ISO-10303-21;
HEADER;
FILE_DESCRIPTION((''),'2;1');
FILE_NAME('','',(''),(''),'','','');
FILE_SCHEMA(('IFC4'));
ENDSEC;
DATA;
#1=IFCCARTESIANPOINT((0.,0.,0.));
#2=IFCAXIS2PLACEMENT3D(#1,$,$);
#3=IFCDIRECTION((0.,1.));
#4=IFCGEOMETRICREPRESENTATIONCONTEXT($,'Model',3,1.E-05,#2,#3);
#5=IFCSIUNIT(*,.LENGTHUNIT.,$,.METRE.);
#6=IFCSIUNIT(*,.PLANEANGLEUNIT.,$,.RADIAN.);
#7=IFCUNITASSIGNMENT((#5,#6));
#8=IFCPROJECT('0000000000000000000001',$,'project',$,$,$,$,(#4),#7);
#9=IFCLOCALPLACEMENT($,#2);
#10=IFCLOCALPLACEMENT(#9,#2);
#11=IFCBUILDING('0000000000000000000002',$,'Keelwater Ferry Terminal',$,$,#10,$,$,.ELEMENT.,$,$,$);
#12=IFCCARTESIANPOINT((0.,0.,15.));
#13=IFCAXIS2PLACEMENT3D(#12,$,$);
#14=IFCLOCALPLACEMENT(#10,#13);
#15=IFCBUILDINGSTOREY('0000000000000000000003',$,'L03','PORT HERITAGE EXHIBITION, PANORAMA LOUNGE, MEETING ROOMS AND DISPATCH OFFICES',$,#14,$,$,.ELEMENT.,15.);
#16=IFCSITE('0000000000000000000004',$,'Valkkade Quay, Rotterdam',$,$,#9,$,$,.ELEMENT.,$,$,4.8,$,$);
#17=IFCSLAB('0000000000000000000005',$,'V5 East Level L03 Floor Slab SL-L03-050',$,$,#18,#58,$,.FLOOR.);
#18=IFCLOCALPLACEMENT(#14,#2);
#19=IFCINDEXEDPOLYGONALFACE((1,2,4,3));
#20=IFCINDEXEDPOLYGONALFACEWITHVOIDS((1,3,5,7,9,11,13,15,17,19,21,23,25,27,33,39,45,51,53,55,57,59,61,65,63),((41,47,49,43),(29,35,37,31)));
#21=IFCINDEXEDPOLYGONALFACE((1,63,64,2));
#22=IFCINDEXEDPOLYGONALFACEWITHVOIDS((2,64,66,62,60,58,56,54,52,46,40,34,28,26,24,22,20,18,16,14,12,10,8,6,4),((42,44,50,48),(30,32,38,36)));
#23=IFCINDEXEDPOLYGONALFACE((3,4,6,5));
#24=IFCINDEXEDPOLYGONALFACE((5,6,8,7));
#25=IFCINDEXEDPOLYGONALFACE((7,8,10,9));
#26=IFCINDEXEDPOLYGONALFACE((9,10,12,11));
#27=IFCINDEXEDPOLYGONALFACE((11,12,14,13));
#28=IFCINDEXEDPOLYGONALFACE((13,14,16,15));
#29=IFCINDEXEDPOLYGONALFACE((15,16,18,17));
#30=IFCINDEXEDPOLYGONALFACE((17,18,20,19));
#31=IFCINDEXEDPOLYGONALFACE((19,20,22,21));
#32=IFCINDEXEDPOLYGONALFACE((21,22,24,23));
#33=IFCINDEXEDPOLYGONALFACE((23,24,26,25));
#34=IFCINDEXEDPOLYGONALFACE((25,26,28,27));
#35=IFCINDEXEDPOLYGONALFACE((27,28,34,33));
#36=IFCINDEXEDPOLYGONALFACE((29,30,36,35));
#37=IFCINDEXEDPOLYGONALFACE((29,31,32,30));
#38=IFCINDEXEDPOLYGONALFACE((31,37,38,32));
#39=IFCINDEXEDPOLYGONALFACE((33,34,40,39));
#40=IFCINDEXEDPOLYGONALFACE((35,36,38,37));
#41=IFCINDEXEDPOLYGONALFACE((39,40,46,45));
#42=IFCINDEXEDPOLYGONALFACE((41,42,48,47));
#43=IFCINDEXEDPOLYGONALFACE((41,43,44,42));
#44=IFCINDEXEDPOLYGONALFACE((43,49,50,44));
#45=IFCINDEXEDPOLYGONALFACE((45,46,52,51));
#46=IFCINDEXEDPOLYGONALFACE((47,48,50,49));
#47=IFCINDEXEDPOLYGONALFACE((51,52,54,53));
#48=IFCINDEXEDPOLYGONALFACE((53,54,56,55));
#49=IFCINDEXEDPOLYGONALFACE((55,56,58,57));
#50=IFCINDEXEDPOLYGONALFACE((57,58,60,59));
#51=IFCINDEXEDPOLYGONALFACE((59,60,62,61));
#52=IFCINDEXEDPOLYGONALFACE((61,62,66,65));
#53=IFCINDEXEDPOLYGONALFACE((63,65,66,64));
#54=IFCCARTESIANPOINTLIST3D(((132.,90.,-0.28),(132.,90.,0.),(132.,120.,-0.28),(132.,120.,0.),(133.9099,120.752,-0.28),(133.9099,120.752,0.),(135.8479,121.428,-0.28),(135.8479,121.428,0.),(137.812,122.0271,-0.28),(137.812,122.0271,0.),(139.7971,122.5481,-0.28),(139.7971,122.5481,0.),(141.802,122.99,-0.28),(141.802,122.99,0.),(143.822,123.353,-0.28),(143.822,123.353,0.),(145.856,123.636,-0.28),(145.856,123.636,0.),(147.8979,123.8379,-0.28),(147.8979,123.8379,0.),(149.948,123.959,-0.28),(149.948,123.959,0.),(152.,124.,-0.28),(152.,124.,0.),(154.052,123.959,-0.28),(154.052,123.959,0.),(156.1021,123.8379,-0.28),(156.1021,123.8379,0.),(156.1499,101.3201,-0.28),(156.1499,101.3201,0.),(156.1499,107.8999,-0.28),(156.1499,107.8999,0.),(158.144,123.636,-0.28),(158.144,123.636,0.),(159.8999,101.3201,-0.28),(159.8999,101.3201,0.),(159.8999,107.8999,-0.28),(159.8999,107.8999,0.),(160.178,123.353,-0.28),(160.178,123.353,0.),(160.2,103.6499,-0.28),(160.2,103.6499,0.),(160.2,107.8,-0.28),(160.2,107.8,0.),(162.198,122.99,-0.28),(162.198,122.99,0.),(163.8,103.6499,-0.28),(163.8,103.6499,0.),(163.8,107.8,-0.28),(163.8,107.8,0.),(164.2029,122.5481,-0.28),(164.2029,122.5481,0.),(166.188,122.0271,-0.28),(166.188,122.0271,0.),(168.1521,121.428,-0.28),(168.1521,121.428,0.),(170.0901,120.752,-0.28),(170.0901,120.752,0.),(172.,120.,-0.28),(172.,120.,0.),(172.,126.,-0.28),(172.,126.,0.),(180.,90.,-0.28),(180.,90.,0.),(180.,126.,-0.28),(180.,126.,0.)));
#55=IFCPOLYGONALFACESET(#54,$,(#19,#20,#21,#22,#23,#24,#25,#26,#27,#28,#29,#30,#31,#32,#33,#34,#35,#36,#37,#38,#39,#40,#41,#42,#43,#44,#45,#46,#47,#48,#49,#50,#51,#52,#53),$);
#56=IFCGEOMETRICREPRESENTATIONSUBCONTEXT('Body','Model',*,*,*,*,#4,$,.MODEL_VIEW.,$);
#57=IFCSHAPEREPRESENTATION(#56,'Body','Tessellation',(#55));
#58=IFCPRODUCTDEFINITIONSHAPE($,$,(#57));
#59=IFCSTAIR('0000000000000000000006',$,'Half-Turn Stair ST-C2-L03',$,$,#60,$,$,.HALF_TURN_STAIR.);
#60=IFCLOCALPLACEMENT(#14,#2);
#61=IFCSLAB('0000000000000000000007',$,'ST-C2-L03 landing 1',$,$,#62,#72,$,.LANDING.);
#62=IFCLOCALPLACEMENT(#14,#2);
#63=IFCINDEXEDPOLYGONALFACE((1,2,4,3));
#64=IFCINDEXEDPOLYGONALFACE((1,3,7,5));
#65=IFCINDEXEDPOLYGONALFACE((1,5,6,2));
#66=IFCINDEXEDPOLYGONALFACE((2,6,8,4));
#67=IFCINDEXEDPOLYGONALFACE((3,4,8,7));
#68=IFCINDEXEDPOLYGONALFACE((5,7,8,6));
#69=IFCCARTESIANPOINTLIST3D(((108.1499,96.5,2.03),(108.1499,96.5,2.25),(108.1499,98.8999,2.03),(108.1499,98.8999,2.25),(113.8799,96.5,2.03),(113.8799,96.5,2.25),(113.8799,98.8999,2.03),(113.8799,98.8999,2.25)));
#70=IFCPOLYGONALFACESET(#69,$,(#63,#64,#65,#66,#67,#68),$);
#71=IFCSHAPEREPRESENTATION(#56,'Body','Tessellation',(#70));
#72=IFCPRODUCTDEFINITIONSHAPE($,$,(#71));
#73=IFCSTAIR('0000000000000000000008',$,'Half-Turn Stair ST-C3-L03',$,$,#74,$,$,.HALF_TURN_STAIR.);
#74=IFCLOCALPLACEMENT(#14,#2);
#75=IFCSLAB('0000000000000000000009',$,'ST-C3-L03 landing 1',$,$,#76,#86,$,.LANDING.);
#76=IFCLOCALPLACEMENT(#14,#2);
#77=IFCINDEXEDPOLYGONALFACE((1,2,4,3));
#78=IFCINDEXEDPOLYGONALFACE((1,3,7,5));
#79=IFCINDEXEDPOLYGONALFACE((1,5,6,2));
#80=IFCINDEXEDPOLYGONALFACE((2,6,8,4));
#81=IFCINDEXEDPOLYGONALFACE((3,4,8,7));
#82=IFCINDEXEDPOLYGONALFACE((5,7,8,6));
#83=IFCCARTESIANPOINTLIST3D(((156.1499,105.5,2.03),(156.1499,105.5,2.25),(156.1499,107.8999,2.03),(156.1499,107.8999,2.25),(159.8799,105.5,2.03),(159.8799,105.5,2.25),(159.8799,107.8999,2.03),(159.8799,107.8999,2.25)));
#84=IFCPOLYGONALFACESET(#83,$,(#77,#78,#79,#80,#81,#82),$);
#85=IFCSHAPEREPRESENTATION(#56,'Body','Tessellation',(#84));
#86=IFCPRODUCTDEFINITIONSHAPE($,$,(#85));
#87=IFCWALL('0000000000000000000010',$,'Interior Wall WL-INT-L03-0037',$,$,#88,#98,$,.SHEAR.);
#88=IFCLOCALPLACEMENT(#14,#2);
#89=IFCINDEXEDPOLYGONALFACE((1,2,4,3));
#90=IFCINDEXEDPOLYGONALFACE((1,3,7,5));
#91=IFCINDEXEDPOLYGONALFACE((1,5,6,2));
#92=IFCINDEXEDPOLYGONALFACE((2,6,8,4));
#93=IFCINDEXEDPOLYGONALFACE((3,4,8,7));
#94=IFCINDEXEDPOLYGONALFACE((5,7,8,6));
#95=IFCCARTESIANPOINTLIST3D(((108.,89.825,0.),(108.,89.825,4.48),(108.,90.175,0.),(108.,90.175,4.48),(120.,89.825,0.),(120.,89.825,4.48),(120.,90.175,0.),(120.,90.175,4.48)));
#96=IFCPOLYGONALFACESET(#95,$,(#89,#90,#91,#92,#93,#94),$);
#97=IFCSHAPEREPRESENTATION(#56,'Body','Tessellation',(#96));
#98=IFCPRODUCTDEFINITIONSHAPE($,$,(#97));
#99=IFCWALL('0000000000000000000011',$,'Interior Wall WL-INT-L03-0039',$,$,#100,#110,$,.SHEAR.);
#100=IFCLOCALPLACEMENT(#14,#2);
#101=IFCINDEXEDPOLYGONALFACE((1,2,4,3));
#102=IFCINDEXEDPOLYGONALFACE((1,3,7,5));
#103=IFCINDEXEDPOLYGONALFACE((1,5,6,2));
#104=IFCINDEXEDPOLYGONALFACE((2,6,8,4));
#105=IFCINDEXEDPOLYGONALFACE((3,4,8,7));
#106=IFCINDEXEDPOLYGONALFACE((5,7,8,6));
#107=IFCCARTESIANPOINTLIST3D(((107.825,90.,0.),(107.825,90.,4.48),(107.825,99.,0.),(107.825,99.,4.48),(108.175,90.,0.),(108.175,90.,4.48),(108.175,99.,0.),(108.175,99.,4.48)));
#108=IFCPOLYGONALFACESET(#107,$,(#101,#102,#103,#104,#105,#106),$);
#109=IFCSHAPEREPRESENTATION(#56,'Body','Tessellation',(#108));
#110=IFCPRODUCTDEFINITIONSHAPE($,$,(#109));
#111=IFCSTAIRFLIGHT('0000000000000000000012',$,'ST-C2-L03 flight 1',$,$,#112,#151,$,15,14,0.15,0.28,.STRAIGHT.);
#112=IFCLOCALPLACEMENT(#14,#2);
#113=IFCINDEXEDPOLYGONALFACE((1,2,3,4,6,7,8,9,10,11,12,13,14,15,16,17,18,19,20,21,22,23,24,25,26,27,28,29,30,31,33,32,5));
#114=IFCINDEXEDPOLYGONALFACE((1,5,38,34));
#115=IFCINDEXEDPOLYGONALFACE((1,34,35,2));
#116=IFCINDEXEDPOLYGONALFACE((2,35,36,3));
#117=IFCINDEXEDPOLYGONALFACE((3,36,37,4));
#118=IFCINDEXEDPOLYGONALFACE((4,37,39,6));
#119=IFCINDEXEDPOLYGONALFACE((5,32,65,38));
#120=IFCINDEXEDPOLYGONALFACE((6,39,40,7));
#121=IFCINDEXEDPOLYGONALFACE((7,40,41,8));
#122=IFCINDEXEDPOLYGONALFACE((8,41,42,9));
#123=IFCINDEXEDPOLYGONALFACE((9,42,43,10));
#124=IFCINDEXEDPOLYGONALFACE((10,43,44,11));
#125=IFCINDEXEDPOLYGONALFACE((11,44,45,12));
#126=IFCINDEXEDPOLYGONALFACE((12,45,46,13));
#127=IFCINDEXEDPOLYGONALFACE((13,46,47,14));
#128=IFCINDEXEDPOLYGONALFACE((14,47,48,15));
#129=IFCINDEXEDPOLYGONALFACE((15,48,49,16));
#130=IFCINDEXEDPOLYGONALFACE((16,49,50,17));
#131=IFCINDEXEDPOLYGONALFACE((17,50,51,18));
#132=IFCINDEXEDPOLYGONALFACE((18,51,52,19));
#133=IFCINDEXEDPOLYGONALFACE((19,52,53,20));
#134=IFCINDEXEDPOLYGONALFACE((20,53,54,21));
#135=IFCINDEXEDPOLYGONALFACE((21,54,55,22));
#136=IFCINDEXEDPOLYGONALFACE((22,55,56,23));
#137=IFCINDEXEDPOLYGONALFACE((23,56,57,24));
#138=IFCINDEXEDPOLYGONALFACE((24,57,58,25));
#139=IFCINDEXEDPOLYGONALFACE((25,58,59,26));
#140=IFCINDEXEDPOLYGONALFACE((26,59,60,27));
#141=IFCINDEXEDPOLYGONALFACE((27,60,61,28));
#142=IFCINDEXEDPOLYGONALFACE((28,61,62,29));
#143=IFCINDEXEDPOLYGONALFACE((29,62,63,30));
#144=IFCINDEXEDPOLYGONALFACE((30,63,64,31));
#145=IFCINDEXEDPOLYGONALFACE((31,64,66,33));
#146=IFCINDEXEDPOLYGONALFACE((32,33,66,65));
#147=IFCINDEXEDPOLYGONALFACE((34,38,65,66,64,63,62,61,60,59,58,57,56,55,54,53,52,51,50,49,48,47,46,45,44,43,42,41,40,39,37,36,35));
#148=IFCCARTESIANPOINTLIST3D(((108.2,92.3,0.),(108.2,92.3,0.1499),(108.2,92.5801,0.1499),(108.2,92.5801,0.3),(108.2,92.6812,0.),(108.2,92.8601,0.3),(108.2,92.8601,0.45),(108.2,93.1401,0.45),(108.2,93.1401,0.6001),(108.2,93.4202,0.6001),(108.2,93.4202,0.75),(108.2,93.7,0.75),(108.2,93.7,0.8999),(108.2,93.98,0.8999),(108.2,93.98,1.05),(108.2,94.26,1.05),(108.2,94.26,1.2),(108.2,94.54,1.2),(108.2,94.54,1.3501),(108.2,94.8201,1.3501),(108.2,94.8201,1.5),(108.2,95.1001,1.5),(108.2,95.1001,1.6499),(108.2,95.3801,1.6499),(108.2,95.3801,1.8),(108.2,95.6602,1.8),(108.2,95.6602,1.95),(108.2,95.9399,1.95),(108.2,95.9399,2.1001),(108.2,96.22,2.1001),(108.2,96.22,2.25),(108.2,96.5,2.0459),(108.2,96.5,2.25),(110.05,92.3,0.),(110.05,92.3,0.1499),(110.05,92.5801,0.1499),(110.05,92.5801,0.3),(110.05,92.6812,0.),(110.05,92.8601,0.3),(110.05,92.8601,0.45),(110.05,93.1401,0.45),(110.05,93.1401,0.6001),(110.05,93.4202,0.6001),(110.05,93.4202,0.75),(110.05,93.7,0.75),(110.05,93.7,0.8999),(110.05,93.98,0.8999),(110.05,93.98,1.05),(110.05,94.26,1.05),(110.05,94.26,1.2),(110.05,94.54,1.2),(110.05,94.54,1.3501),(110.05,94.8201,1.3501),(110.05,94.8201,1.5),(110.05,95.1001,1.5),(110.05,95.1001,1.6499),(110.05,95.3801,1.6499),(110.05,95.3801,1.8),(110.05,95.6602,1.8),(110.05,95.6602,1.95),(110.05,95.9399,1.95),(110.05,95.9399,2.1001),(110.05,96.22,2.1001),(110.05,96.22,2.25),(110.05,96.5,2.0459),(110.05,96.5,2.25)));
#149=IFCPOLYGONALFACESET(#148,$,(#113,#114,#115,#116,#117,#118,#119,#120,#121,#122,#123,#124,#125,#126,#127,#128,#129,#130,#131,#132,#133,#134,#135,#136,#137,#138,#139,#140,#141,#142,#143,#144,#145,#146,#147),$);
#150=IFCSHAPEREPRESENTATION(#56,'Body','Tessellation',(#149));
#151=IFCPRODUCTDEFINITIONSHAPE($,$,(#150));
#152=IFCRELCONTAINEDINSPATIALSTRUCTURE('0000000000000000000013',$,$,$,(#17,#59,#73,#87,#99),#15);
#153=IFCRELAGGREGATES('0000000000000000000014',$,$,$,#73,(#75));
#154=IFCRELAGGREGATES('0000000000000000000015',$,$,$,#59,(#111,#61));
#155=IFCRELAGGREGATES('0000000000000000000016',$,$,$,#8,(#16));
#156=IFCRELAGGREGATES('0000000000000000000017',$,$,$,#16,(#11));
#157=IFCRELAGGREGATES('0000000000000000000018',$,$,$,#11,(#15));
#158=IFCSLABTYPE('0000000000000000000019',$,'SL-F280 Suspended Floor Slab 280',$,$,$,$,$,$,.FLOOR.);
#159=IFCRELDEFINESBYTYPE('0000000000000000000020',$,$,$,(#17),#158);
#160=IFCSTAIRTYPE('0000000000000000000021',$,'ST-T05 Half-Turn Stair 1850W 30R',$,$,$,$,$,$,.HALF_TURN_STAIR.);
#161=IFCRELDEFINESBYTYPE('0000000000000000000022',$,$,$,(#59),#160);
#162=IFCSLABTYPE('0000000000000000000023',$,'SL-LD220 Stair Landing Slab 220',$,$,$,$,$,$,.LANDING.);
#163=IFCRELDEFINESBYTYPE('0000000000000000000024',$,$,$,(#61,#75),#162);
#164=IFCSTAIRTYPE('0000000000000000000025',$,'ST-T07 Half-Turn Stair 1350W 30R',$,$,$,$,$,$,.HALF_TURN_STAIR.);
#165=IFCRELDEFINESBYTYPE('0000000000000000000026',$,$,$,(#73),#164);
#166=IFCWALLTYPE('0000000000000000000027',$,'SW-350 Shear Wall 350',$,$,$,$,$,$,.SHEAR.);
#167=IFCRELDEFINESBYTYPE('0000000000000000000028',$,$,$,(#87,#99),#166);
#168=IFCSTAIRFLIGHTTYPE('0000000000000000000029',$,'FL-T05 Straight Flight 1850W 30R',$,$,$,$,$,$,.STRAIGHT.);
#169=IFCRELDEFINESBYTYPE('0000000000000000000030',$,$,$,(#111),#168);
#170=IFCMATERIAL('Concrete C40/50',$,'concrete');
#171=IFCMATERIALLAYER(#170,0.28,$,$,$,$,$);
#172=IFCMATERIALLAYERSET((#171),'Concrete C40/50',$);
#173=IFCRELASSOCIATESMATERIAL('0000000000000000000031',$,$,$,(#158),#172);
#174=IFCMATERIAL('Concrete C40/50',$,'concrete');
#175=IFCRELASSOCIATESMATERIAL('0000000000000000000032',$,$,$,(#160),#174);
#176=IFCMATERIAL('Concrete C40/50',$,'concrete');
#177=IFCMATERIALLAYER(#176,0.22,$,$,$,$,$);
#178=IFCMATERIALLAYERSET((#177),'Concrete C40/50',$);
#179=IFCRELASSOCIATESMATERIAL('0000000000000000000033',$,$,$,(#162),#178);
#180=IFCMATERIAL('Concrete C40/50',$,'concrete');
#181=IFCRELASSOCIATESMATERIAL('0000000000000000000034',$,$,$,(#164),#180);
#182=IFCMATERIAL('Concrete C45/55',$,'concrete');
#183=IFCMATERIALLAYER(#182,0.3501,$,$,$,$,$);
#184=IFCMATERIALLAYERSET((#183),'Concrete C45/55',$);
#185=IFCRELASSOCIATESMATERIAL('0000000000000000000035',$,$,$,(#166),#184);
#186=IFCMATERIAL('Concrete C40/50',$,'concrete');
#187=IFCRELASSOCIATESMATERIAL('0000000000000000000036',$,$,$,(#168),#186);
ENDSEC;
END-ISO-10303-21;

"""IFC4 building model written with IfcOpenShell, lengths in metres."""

from ifc_helpers import new_model, si_unit, direction, frame, frame_2d, origin, place, context, subcontext, project, spatial, polyline, rectangle, outline, extrude, material, layer, layer_set, type_object, element, aggregate, save


model = new_model("IFC4")

# Units and contexts
model_context = context("Model", 3, precision=1e-05, world=origin(), true_north=direction((0.0, 1.0)))
body_context = subcontext(model_context, "Body", "Model", "MODEL_VIEW")
ifc_project = project(units=[si_unit("LENGTHUNIT", "METRE"), si_unit("PLANEANGLEUNIT", "RADIAN")], contexts=[model_context])

# Site, building, storey
site_placement = place(None, origin())
site = spatial("IfcSite", under=ifc_project, at=site_placement, Name="Valkkade Quay, Rotterdam", CompositionType="ELEMENT", RefElevation=4.8)
building_placement = place(site_placement, origin())
building = spatial("IfcBuilding", under=site, at=building_placement, Name="Keelwater Ferry Terminal", CompositionType="ELEMENT")
storey_placement = place(building_placement, frame((0.0, 0.0, 15.0)))
storey = spatial("IfcBuildingStorey", under=building, at=storey_placement, Name="L03", Description="PORT HERITAGE EXHIBITION, PANORAMA LOUNGE, MEETING ROOMS AND DISPATCH OFFICES", CompositionType="ELEMENT", Elevation=15.0)

# Slab
ifc_material_1 = material(Name="Concrete C40/50", Category="concrete")
ifc_layer_1 = layer(ifc_material_1, 0.28)
ifc_layer_set_1 = layer_set([ifc_layer_1], Name="Concrete C40/50")
slab_type_1 = type_object("IfcSlabType", Name="SL-F280 Suspended Floor Slab 280", PredefinedType="FLOOR", material=ifc_layer_set_1)
slab_1_placement = place(storey_placement, frame((0.0, 0.0, -0.28)))
element("IfcSlab", 1, at=slab_1_placement, inside=storey, type_object=slab_type_1, Name="V5 East Level L03 Floor Slab SL-L03-050", PredefinedType="FLOOR", context=body_context, shape_type="SweptSolid", body=[
    extrude(outline(polyline([(132.0, 90.0), (180.0, 90.0), (180.0, 126.0), (172.0, 126.0), (172.0, 120.0), (170.0901, 120.752), (168.1521, 121.428), (166.188, 122.0271), (164.2029, 122.5481), (162.198, 122.99), (160.178, 123.353), (158.144, 123.636), (156.1021, 123.8379), (154.052, 123.959), (152.0, 124.0), (149.948, 123.959), (147.8979, 123.8379), (145.856, 123.636), (143.822, 123.353), (141.802, 122.99), (139.7971, 122.5481), (137.812, 122.0271), (135.8479, 121.428), (133.9099, 120.752), (132.0, 120.0), (132.0, 90.0)]), holes=[polyline([(156.1499, 101.3201), (159.8999, 101.3201), (159.8999, 107.8999), (156.1499, 107.8999), (156.1499, 101.3201)]), polyline([(160.2, 103.6499), (163.8, 103.6499), (163.8, 107.8), (160.2, 107.8), (160.2, 103.6499)])]), origin(), (0.0, 0.0, 1.0), 0.28),
])

# Stairs, slabs
ifc_material_2 = material(Name="Concrete C40/50", Category="concrete")
stair_type_1 = type_object("IfcStairType", Name="ST-T05 Half-Turn Stair 1850W 30R", PredefinedType="HALF_TURN_STAIR", material=ifc_material_2)
stair_1_placement = place(storey_placement, origin())
stair_1 = element("IfcStair", 2, at=stair_1_placement, inside=storey, type_object=stair_type_1, Name="Half-Turn Stair ST-C2-L03", PredefinedType="HALF_TURN_STAIR")
ifc_material_3 = material(Name="Concrete C40/50", Category="concrete")
ifc_layer_2 = layer(ifc_material_3, 0.22)
ifc_layer_set_2 = layer_set([ifc_layer_2], Name="Concrete C40/50")
slab_type_2 = type_object("IfcSlabType", Name="SL-LD220 Stair Landing Slab 220", PredefinedType="LANDING", material=ifc_layer_set_2)
slab_2_placement = place(storey_placement, frame((0.0, 0.0, 2.03)))
slab_2 = element("IfcSlab", 3, at=slab_2_placement, type_object=slab_type_2, Name="ST-C2-L03 landing 1", PredefinedType="LANDING", context=body_context, shape_type="SweptSolid", body=[
    extrude(outline(polyline([(108.1499, 96.5), (113.8799, 96.5), (113.8799, 98.8999), (108.1499, 98.8999), (108.1499, 96.5)])), origin(), (0.0, 0.0, 1.0), 0.22),
])
ifc_material_4 = material(Name="Concrete C40/50", Category="concrete")
stair_type_2 = type_object("IfcStairType", Name="ST-T07 Half-Turn Stair 1350W 30R", PredefinedType="HALF_TURN_STAIR", material=ifc_material_4)
stair_2_placement = place(storey_placement, origin())
stair_2 = element("IfcStair", 4, at=stair_2_placement, inside=storey, type_object=stair_type_2, Name="Half-Turn Stair ST-C3-L03", PredefinedType="HALF_TURN_STAIR")
slab_3_placement = place(storey_placement, frame((0.0, 0.0, 2.03)))
slab_3 = element("IfcSlab", 5, at=slab_3_placement, type_object=slab_type_2, Name="ST-C3-L03 landing 1", PredefinedType="LANDING", context=body_context, shape_type="SweptSolid", body=[
    extrude(outline(polyline([(156.1499, 105.5), (159.8799, 105.5), (159.8799, 107.8999), (156.1499, 107.8999), (156.1499, 105.5)])), origin(), (0.0, 0.0, 1.0), 0.22),
])
aggregate(stair_2, [slab_3])

# Walls
ifc_material_5 = material(Name="Concrete C45/55", Category="concrete")
ifc_layer_3 = layer(ifc_material_5, 0.3501)
ifc_layer_set_3 = layer_set([ifc_layer_3], Name="Concrete C45/55")
wall_type = type_object("IfcWallType", Name="SW-350 Shear Wall 350", PredefinedType="SHEAR", material=ifc_layer_set_3)
wall_1_placement = place(storey_placement, frame((108.0, 90.0, 0.0), z_axis=(0.0, 0.0, 1.0), x_axis=(1.0, 0.0, 0.0)))
element("IfcWall", 6, at=wall_1_placement, inside=storey, type_object=wall_type, Name="Interior Wall WL-INT-L03-0037", PredefinedType="SHEAR", context=body_context, shape_type="SweptSolid", body=[
    extrude(rectangle(XDim=12.0, YDim=0.3501, at=frame_2d((6.0, 0.0))), origin(), (0.0, 0.0, 1.0), 4.48),
])
wall_2_placement = place(storey_placement, frame((108.0, 90.0, 0.0), z_axis=(0.0, 0.0, 1.0), x_axis=(0.0, 1.0, 0.0)))
element("IfcWall", 7, at=wall_2_placement, inside=storey, type_object=wall_type, Name="Interior Wall WL-INT-L03-0039", PredefinedType="SHEAR", context=body_context, shape_type="SweptSolid", body=[
    extrude(rectangle(XDim=9.0, YDim=0.3501, at=frame_2d((4.5, 0.0))), origin(), (0.0, 0.0, 1.0), 4.48),
])

# Stair flight
ifc_material_6 = material(Name="Concrete C40/50", Category="concrete")
stair_flight_type = type_object("IfcStairFlightType", Name="FL-T05 Straight Flight 1850W 30R", PredefinedType="STRAIGHT", material=ifc_material_6)
stair_flight_placement = place(storey_placement, frame((109.125, 92.3, 0.0), z_axis=(0.0, 0.0, 1.0), x_axis=(0.0, 1.0, 0.0)))
stair_flight = element("IfcStairFlight", 8, at=stair_flight_placement, type_object=stair_flight_type, Name="ST-C2-L03 flight 1", NumberOfRisers=15, NumberOfTreads=14, PredefinedType="STRAIGHT", RiserHeight=0.15, TreadLength=0.28, context=body_context, shape_type="SweptSolid", body=[
    extrude(outline(polyline([(0.0, 0.0), (0.0, 0.1499), (0.28, 0.1499), (0.28, 0.3), (0.5601, 0.3), (0.5601, 0.45), (0.8401, 0.45), (0.8401, 0.6001), (1.1201, 0.6001), (1.1201, 0.75), (1.3999, 0.75), (1.3999, 0.8999), (1.6799, 0.8999), (1.6799, 1.05), (1.96, 1.05), (1.96, 1.2), (2.24, 1.2), (2.24, 1.3501), (2.52, 1.3501), (2.52, 1.5), (2.8, 1.5), (2.8, 1.6499), (3.0801, 1.6499), (3.0801, 1.8), (3.3601, 1.8), (3.3601, 1.95), (3.6399, 1.95), (3.6399, 2.1001), (3.9199, 2.1001), (3.9199, 2.25), (4.2, 2.25), (4.2, 2.0459), (0.3811, 0.0), (0.0, 0.0)])), frame((0.0, 0.925, 0.0), z_axis=(0.0, -1.0, 0.0), x_axis=(1.0, 0.0, 0.0)), (0.0, 0.0, 1.0), 1.8501),
])
aggregate(stair_1, [stair_flight, slab_2])

save(model, "model.ifc")
